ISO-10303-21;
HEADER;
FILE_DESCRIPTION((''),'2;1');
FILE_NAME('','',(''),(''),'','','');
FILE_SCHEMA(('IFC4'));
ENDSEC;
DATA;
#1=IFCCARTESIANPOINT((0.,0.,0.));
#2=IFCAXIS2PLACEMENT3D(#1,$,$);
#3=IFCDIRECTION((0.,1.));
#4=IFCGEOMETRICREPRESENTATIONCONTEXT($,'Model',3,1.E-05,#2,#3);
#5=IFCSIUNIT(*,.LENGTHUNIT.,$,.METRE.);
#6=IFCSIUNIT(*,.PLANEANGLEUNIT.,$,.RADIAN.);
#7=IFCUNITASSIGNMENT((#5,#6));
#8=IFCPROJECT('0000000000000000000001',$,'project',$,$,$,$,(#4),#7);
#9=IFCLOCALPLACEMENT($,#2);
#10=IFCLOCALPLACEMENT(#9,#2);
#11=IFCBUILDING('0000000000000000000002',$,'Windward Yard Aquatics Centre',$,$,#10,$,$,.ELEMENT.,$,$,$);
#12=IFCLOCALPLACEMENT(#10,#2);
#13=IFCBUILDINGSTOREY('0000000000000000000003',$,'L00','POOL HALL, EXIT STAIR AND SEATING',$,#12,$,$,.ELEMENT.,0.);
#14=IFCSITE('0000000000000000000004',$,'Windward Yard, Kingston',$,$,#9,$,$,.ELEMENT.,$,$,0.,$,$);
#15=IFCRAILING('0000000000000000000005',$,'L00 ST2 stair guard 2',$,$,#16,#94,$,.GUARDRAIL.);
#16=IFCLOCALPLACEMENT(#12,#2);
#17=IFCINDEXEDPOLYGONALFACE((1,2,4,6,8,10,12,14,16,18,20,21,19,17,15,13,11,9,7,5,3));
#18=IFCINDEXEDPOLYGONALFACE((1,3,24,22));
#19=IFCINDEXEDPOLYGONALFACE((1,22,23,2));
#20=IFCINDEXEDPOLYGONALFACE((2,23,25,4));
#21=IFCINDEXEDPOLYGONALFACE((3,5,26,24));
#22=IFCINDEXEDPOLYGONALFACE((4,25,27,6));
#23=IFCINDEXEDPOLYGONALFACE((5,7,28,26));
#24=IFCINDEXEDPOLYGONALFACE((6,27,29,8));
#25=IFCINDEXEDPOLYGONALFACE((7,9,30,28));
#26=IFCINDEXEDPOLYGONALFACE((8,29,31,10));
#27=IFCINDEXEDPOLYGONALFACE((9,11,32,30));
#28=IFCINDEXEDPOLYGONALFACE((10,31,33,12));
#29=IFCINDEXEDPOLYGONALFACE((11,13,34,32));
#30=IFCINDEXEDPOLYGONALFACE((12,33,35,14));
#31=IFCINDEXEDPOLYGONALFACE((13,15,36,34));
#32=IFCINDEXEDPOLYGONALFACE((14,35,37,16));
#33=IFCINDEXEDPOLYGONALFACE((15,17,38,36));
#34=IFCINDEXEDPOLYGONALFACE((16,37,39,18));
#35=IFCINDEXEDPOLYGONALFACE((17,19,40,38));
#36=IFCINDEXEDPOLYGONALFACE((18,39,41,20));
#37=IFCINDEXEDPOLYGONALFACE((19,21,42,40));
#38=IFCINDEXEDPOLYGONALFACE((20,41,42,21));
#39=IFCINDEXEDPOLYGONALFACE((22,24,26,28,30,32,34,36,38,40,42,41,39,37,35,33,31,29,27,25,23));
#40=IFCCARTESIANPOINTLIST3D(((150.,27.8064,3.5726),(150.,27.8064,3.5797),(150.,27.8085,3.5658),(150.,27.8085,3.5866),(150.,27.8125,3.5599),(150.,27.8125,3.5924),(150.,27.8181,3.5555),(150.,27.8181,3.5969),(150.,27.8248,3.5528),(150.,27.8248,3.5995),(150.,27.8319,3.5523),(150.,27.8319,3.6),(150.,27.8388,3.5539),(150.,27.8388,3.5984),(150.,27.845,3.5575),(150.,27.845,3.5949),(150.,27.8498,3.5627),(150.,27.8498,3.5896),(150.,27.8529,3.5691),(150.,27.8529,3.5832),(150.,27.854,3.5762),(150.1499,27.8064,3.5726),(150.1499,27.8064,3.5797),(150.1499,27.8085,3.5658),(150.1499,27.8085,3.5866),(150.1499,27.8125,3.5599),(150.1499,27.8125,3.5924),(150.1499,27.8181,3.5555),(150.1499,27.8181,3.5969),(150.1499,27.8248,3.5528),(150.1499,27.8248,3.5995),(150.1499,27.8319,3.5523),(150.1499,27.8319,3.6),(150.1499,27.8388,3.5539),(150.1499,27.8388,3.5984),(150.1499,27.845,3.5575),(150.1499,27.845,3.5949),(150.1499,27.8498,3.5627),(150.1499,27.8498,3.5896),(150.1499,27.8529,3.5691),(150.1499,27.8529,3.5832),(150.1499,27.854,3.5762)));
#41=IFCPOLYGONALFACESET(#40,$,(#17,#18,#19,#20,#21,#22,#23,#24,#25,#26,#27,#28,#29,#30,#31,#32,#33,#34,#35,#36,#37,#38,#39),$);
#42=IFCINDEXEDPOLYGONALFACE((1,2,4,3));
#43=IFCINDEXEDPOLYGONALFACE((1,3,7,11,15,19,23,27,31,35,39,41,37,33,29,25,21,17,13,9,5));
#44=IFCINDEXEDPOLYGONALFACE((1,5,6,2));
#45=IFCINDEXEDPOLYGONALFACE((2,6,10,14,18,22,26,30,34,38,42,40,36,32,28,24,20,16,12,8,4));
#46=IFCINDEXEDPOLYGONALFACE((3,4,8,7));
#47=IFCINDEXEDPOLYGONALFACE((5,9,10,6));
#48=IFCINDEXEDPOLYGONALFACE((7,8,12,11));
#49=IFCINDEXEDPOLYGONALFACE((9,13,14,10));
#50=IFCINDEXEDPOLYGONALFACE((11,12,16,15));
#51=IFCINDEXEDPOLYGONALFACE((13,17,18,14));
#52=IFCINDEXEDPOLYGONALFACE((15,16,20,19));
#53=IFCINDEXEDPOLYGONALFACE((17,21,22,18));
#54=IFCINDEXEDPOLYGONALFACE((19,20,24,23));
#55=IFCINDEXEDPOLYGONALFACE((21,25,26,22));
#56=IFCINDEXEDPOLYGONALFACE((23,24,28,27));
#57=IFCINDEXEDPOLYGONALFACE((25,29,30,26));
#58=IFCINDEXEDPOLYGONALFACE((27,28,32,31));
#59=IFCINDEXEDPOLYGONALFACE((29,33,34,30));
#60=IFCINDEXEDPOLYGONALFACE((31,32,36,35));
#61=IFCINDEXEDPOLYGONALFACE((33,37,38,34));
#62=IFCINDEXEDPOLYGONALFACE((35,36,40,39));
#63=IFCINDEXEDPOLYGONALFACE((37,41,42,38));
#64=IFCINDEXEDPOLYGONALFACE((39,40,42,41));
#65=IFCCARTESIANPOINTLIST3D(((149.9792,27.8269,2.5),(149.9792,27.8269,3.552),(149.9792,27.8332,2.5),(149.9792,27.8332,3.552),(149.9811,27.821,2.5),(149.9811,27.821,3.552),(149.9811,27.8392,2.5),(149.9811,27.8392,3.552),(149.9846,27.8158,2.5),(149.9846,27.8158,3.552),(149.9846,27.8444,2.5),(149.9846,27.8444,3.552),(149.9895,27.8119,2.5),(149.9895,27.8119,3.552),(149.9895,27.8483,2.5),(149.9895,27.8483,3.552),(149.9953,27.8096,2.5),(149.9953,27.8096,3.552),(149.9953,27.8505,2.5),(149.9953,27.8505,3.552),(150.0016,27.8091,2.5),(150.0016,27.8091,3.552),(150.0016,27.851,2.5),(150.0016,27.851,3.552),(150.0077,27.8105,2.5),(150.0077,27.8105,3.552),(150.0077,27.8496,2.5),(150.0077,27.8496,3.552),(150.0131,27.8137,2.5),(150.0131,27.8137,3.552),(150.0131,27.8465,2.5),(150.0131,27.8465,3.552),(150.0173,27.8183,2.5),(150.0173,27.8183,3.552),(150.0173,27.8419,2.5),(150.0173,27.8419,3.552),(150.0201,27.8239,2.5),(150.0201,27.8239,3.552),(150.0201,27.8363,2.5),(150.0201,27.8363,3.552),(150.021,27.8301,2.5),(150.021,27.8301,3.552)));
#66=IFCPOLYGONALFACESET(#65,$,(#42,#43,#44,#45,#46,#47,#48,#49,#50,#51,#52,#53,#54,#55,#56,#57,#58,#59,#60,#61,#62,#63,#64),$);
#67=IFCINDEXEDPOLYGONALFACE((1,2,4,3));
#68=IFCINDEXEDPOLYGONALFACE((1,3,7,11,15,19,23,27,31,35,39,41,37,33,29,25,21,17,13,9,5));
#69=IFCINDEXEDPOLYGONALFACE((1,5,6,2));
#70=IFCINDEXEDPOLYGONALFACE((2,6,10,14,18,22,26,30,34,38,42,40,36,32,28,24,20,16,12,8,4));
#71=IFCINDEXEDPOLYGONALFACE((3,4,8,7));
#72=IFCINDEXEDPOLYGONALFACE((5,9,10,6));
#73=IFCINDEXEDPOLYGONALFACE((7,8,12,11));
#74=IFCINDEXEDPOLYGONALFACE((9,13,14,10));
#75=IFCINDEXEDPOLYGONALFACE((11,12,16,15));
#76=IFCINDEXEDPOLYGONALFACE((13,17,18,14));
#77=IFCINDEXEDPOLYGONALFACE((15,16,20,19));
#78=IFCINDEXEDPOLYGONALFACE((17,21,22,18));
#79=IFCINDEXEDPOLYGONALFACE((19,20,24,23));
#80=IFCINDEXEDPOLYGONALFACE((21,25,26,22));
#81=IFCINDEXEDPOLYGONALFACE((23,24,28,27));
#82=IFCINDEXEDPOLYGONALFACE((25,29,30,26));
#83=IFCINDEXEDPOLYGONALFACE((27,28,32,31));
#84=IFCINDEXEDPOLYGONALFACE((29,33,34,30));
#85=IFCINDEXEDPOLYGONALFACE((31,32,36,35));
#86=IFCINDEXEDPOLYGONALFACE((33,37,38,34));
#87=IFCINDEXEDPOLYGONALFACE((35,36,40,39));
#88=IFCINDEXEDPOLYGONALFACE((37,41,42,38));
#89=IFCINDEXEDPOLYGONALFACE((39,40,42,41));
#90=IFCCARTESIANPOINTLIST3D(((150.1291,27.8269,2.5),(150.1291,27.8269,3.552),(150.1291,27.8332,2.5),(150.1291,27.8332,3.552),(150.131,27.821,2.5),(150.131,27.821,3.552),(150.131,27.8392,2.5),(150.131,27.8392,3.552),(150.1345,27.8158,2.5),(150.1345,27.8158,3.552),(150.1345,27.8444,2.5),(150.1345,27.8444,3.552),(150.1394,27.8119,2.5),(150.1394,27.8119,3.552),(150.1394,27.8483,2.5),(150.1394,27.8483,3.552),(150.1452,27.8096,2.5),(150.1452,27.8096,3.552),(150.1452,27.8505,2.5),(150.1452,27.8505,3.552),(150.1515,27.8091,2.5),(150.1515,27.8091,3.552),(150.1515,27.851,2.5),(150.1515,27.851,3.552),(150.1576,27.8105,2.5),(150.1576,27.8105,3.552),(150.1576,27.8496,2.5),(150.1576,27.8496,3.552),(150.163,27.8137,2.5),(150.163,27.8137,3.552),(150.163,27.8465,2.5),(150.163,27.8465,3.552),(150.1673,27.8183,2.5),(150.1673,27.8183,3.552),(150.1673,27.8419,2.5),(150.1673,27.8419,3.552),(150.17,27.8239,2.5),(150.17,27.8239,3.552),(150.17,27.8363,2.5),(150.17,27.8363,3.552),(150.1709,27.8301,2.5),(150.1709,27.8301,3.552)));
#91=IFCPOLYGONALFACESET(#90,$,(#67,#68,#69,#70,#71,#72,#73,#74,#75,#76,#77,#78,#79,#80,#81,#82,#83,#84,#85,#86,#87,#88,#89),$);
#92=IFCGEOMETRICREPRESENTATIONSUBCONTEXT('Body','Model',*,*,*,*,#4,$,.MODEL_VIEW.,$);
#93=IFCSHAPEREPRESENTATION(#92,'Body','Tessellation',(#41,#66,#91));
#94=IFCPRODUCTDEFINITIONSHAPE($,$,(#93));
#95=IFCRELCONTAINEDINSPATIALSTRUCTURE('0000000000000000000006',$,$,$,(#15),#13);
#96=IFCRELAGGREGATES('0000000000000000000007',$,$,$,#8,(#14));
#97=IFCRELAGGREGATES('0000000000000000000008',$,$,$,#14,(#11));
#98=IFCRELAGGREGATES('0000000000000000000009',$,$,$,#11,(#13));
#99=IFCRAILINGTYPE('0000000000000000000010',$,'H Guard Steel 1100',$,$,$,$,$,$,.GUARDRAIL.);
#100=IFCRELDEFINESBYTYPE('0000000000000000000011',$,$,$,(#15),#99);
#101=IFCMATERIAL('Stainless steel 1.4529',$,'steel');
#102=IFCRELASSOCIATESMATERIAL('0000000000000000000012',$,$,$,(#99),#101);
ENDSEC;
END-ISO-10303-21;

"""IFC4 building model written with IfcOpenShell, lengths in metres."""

from ifc_helpers import new_model, si_unit, direction, frame, origin, origin_2d, place, context, subcontext, project, spatial, circle, extrude, material, type_object, element, save


model = new_model("IFC4")

# Units and contexts
model_context = context("Model", 3, precision=1e-05, world=origin(), true_north=direction((0.0, 1.0)))
body_context = subcontext(model_context, "Body", "Model", "MODEL_VIEW")
ifc_project = project(units=[si_unit("LENGTHUNIT", "METRE"), si_unit("PLANEANGLEUNIT", "RADIAN")], contexts=[model_context])

# Site, building, storey
site_placement = place(None, origin())
site = spatial("IfcSite", under=ifc_project, at=site_placement, Name="Windward Yard, Kingston", CompositionType="ELEMENT", RefElevation=0.0)
building_placement = place(site_placement, origin())
building = spatial("IfcBuilding", under=site, at=building_placement, Name="Windward Yard Aquatics Centre", CompositionType="ELEMENT")
storey_placement = place(building_placement, origin())
storey = spatial("IfcBuildingStorey", under=building, at=storey_placement, Name="L00", Description="POOL HALL, EXIT STAIR AND SEATING", CompositionType="ELEMENT", Elevation=0.0)

# Railing
ifc_material_1 = material(Name="Stainless steel 1.4529", Category="steel")
railing_type_1 = type_object("IfcRailingType", Name="H Guard Steel 1100", PredefinedType="GUARDRAIL", material=ifc_material_1)
railing_1_placement = place(storey_placement, frame((150.0, 27.8301, 2.5)))
element("IfcRailing", 1, at=railing_1_placement, inside=storey, type_object=railing_type_1, Name="L00 ST2 stair guard 2", PredefinedType="GUARDRAIL", context=body_context, shape_type="SweptSolid", body=[
    extrude(circle(Radius=0.0239, at=origin_2d()), frame((0.0, 0.0, 1.0762), z_axis=(1.0, 0.0, 0.0), x_axis=(0.0, 1.0, 0.0)), (0.0, 0.0, 1.0), 0.1499),
    extrude(circle(Radius=0.021, at=origin_2d()), origin(), (0.0, 0.0, 1.0), 1.052),
    extrude(circle(Radius=0.021, at=origin_2d()), frame((0.1499, 0.0, 0.0)), (0.0, 0.0, 1.0), 1.052),
])

save(model, "model.ifc")
